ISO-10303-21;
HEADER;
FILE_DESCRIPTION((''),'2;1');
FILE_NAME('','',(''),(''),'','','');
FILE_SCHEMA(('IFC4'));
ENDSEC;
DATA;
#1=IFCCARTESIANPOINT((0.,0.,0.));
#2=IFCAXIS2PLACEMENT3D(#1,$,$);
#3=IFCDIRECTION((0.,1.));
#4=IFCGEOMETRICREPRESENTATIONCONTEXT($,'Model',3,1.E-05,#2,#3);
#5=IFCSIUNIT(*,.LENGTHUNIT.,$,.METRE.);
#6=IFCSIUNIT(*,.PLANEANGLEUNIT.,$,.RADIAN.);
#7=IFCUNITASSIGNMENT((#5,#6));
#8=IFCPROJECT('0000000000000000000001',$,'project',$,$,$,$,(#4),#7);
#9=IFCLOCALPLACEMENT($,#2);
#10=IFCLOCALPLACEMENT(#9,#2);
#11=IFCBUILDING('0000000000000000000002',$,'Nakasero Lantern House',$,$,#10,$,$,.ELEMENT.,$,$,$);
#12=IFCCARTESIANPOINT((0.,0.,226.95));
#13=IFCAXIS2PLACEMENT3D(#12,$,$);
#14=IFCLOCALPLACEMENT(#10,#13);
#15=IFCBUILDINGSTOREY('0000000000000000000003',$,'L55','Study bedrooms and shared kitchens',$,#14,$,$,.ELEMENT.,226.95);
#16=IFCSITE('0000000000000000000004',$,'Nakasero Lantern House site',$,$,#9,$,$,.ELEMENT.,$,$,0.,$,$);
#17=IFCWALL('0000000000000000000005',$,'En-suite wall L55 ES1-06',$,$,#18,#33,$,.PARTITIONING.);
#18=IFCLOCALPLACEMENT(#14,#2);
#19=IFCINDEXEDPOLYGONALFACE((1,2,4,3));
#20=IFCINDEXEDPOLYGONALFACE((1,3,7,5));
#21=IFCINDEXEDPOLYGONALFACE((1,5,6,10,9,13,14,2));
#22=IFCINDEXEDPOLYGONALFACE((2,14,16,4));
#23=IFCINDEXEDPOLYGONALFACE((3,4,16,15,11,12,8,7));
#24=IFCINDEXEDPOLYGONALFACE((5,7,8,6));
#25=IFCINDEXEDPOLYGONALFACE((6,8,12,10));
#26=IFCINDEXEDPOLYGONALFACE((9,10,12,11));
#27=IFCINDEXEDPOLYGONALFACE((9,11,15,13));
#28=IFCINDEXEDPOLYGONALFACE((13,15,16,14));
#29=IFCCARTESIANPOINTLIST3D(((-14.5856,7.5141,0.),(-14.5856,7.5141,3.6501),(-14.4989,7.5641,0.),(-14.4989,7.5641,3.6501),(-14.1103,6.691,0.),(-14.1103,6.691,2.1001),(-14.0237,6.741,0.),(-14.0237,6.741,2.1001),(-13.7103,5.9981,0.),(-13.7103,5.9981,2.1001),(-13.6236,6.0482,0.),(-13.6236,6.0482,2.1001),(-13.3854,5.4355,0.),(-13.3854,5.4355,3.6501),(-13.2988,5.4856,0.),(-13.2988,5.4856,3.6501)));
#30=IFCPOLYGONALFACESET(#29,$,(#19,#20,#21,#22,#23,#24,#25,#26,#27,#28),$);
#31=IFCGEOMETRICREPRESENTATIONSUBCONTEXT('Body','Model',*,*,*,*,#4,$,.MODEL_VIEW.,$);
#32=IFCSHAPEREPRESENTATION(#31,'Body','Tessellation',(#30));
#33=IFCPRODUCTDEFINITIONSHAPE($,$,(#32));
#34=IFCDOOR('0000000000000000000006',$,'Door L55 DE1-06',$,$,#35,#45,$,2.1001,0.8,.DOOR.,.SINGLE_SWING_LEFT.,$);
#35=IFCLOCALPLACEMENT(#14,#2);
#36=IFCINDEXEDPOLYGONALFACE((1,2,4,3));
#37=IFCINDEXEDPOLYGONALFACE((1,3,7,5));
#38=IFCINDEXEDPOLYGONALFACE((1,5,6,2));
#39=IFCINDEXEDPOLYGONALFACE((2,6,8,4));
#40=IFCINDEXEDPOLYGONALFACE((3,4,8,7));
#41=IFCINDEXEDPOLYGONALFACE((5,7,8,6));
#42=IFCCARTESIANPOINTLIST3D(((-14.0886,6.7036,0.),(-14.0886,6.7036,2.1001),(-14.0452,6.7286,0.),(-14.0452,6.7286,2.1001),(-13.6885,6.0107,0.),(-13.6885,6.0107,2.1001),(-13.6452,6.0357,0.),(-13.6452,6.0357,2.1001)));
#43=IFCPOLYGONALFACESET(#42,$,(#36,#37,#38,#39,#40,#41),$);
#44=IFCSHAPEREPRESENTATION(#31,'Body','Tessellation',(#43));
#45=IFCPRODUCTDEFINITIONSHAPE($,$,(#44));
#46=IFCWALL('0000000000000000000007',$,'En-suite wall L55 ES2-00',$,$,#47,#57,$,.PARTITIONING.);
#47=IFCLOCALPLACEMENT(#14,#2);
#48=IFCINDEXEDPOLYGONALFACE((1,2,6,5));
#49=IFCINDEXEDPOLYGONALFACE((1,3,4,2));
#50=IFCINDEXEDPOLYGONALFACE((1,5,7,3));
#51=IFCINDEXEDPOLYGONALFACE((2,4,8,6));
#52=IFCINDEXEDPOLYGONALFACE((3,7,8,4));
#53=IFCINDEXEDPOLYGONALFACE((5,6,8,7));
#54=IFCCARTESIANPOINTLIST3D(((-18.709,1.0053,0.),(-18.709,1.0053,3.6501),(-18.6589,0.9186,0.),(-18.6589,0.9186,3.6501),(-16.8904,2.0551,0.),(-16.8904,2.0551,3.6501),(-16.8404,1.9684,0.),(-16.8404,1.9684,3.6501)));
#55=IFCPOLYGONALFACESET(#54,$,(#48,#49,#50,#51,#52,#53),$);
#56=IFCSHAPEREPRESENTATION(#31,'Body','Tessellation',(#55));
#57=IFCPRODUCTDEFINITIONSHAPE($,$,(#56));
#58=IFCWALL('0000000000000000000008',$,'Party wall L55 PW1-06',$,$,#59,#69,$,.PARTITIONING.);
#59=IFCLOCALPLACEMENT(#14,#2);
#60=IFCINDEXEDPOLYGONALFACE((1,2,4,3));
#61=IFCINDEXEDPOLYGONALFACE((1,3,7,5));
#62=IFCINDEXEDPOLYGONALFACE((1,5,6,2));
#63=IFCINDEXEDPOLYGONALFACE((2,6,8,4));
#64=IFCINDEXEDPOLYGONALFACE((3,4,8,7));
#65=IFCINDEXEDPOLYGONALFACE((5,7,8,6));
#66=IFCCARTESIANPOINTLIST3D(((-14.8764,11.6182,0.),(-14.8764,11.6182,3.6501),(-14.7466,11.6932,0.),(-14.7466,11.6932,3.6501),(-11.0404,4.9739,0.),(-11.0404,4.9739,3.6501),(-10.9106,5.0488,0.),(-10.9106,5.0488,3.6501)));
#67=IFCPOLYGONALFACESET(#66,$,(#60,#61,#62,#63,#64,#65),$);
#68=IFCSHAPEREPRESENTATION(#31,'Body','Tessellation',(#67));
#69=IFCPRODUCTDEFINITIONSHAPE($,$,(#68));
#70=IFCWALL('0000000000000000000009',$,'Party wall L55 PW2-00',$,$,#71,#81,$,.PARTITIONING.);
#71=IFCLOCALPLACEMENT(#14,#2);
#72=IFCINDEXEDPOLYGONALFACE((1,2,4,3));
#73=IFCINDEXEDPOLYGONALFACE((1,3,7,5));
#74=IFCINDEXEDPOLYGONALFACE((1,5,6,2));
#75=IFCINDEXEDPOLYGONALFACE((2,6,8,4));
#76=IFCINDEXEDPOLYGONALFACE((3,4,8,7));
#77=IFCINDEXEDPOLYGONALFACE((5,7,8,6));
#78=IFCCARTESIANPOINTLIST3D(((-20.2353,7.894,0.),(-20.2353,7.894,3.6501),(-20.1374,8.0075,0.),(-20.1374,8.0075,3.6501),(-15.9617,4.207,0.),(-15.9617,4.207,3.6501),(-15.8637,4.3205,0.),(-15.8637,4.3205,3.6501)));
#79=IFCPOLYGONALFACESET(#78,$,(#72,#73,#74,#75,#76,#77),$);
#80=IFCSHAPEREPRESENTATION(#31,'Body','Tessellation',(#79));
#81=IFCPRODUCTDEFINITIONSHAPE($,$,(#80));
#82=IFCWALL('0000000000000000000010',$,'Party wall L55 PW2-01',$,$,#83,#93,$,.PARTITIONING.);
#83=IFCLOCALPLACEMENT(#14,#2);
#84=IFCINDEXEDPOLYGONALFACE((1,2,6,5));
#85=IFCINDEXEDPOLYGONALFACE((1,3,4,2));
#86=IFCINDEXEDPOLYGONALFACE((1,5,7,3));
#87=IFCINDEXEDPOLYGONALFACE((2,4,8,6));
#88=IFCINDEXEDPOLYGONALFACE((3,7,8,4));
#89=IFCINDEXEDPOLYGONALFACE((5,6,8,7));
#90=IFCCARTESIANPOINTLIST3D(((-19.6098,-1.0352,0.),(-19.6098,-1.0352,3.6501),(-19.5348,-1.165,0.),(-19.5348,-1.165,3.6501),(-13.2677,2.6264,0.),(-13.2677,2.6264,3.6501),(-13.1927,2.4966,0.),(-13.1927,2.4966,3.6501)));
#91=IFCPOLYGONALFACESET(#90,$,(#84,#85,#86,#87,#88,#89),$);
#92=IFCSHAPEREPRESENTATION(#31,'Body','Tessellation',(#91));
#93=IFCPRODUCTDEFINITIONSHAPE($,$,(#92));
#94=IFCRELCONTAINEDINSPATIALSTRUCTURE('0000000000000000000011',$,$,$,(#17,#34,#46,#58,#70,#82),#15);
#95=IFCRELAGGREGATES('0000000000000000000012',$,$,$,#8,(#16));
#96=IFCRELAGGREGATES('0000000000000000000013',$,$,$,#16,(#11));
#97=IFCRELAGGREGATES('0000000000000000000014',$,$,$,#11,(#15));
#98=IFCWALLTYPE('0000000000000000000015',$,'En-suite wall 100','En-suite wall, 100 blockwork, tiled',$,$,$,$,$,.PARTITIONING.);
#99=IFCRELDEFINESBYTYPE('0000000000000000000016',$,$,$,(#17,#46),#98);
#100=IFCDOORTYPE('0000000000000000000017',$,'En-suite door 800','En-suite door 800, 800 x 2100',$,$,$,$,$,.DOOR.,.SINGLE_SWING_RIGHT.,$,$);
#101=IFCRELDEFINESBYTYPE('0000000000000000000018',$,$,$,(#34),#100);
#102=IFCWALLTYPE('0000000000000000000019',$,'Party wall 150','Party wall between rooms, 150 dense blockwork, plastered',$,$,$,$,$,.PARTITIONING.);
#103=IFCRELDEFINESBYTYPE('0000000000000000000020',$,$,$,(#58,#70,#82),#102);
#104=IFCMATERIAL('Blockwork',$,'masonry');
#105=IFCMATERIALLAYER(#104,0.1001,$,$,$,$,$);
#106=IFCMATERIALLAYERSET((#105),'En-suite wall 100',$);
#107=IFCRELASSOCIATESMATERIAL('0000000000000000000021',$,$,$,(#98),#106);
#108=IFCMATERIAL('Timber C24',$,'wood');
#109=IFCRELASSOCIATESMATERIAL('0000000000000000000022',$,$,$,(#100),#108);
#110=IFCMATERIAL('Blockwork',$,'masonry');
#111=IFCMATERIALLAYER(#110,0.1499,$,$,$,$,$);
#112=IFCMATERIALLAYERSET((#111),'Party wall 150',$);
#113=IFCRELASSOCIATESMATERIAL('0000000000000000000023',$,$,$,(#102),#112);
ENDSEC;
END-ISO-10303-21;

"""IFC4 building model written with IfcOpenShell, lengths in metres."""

from ifc_helpers import new_model, si_unit, direction, frame, frame_2d, origin, place, context, subcontext, project, spatial, rectangle, extrude, material, layer, layer_set, type_object, element, fill, save


model = new_model("IFC4")

# Units and contexts
model_context = context("Model", 3, precision=1e-05, world=origin(), true_north=direction((0.0, 1.0)))
body_context = subcontext(model_context, "Body", "Model", "MODEL_VIEW")
ifc_project = project(units=[si_unit("LENGTHUNIT", "METRE"), si_unit("PLANEANGLEUNIT", "RADIAN")], contexts=[model_context])

# Site, building, storey
site_placement = place(None, origin())
site = spatial("IfcSite", under=ifc_project, at=site_placement, Name="Nakasero Lantern House site", CompositionType="ELEMENT", RefElevation=0.0)
building_placement = place(site_placement, origin())
building = spatial("IfcBuilding", under=site, at=building_placement, Name="Nakasero Lantern House", CompositionType="ELEMENT")
storey_placement = place(building_placement, frame((0.0, 0.0, 226.95)))
storey = spatial("IfcBuildingStorey", under=building, at=storey_placement, Name="L55", Description="Study bedrooms and shared kitchens", CompositionType="ELEMENT", Elevation=226.95)

# Wall, opening, door
ifc_material_1 = material(Name="Blockwork", Category="masonry")
ifc_layer_1 = layer(ifc_material_1, 0.1001)
ifc_layer_set_1 = layer_set([ifc_layer_1], Name="En-suite wall 100")
wall_type_1 = type_object("IfcWallType", Name="En-suite wall 100", Description="En-suite wall, 100 blockwork, tiled", PredefinedType="PARTITIONING", material=ifc_layer_set_1)
wall_1_placement = place(storey_placement, frame((-13.342, 5.4604, 0.0), z_axis=(0.0, 0.0, 1.0), x_axis=(-0.500034, 0.866006, 0.0)))
wall_1 = element("IfcWall", 1, at=wall_1_placement, inside=storey, type_object=wall_type_1, Name="En-suite wall L55 ES1-06", PredefinedType="PARTITIONING", context=body_context, shape_type="SweptSolid", body=[
    extrude(rectangle(XDim=2.4001, YDim=0.1001, at=frame_2d((1.2002, 0.0))), origin(), (0.0, 0.0, 1.0), 3.6501),
])
opening_1_placement = place(wall_1_placement, frame((0.6499, 0.0, 0.0)))
opening_1 = element("IfcOpeningElement", 2, at=opening_1_placement, cuts=wall_1, PredefinedType="OPENING", context=body_context, shape_type="SweptSolid", body=[
    extrude(rectangle(XDim=0.8, YDim=2.1001, at=frame_2d((0.3999, 1.05))), frame((0.0, 0.0701, 0.0), z_axis=(0.0, -1.0, 0.0), x_axis=(1.0, 0.0, 0.0)), (0.0, 0.0, 1.0), 0.1401),
])
ifc_material_2 = material(Name="Timber C24", Category="wood")
door_type_1 = type_object("IfcDoorType", Name="En-suite door 800", Description="En-suite door 800, 800 x 2100", OperationType="SINGLE_SWING_RIGHT", PredefinedType="DOOR", material=ifc_material_2)
door_1_placement = place(opening_1_placement, origin())
door_1 = element("IfcDoor", 3, at=door_1_placement, inside=storey, type_object=door_type_1, Name="Door L55 DE1-06", OperationType="SINGLE_SWING_LEFT", OverallHeight=2.1001, OverallWidth=0.8, PredefinedType="DOOR", context=body_context, shape_type="SweptSolid", body=[
    extrude(rectangle(XDim=0.8, YDim=2.1001, at=frame_2d((0.3999, 1.05))), frame((0.0, 0.0249, 0.0), z_axis=(0.0, -1.0, 0.0), x_axis=(1.0, 0.0, 0.0)), (0.0, 0.0, 1.0), 0.05),
])
fill(opening_1, door_1)

# Walls
wall_2_placement = place(storey_placement, frame((-16.8655, 2.0117, 0.0), z_axis=(0.0, 0.0, 1.0), x_axis=(-0.86606, -0.499941, 0.0)))
element("IfcWall", 4, at=wall_2_placement, inside=storey, type_object=wall_type_1, Name="En-suite wall L55 ES2-00", PredefinedType="PARTITIONING", context=body_context, shape_type="SweptSolid", body=[
    extrude(rectangle(XDim=2.0999, YDim=0.1001, at=frame_2d((1.0498, 0.0))), origin(), (0.0, 0.0, 1.0), 3.6501),
])
ifc_material_3 = material(Name="Blockwork", Category="masonry")
ifc_layer_2 = layer(ifc_material_3, 0.1499)
ifc_layer_set_2 = layer_set([ifc_layer_2], Name="Party wall 150")
wall_type_2 = type_object("IfcWallType", Name="Party wall 150", Description="Party wall between rooms, 150 dense blockwork, plastered", PredefinedType="PARTITIONING", material=ifc_layer_set_2)
wall_3_placement = place(storey_placement, frame((-10.9756, 5.0115, 0.0), z_axis=(0.0, 0.0, 1.0), x_axis=(-0.499986, 0.866034, 0.0)))
element("IfcWall", 5, at=wall_3_placement, inside=storey, type_object=wall_type_2, Name="Party wall L55 PW1-06", PredefinedType="PARTITIONING", context=body_context, shape_type="SweptSolid", body=[
    extrude(rectangle(XDim=7.6721, YDim=0.1499, at=frame_2d((3.8359, 0.0))), origin(), (0.0, 0.0, 1.0), 3.6501),
])
wall_4_placement = place(storey_placement, frame((-15.9126, 4.2637, 0.0), z_axis=(0.0, 0.0, 1.0), x_axis=(-0.757164, 0.653225, 0.0)))
element("IfcWall", 6, at=wall_4_placement, inside=storey, type_object=wall_type_2, Name="Party wall L55 PW2-00", PredefinedType="PARTITIONING", context=body_context, shape_type="SweptSolid", body=[
    extrude(rectangle(XDim=5.6443, YDim=0.1499, at=frame_2d((2.8223, 0.0))), origin(), (0.0, 0.0, 1.0), 3.6501),
])
wall_5_placement = place(storey_placement, frame((-13.2302, 2.5615, 0.0), z_axis=(0.0, 0.0, 1.0), x_axis=(-0.866023, -0.500004, 0.0)))
element("IfcWall", 7, at=wall_5_placement, inside=storey, type_object=wall_type_2, Name="Party wall L55 PW2-01", PredefinedType="PARTITIONING", context=body_context, shape_type="SweptSolid", body=[
    extrude(rectangle(XDim=7.3232, YDim=0.1499, at=frame_2d((3.6616, 0.0))), origin(), (0.0, 0.0, 1.0), 3.6501),
])

save(model, "model.ifc")
